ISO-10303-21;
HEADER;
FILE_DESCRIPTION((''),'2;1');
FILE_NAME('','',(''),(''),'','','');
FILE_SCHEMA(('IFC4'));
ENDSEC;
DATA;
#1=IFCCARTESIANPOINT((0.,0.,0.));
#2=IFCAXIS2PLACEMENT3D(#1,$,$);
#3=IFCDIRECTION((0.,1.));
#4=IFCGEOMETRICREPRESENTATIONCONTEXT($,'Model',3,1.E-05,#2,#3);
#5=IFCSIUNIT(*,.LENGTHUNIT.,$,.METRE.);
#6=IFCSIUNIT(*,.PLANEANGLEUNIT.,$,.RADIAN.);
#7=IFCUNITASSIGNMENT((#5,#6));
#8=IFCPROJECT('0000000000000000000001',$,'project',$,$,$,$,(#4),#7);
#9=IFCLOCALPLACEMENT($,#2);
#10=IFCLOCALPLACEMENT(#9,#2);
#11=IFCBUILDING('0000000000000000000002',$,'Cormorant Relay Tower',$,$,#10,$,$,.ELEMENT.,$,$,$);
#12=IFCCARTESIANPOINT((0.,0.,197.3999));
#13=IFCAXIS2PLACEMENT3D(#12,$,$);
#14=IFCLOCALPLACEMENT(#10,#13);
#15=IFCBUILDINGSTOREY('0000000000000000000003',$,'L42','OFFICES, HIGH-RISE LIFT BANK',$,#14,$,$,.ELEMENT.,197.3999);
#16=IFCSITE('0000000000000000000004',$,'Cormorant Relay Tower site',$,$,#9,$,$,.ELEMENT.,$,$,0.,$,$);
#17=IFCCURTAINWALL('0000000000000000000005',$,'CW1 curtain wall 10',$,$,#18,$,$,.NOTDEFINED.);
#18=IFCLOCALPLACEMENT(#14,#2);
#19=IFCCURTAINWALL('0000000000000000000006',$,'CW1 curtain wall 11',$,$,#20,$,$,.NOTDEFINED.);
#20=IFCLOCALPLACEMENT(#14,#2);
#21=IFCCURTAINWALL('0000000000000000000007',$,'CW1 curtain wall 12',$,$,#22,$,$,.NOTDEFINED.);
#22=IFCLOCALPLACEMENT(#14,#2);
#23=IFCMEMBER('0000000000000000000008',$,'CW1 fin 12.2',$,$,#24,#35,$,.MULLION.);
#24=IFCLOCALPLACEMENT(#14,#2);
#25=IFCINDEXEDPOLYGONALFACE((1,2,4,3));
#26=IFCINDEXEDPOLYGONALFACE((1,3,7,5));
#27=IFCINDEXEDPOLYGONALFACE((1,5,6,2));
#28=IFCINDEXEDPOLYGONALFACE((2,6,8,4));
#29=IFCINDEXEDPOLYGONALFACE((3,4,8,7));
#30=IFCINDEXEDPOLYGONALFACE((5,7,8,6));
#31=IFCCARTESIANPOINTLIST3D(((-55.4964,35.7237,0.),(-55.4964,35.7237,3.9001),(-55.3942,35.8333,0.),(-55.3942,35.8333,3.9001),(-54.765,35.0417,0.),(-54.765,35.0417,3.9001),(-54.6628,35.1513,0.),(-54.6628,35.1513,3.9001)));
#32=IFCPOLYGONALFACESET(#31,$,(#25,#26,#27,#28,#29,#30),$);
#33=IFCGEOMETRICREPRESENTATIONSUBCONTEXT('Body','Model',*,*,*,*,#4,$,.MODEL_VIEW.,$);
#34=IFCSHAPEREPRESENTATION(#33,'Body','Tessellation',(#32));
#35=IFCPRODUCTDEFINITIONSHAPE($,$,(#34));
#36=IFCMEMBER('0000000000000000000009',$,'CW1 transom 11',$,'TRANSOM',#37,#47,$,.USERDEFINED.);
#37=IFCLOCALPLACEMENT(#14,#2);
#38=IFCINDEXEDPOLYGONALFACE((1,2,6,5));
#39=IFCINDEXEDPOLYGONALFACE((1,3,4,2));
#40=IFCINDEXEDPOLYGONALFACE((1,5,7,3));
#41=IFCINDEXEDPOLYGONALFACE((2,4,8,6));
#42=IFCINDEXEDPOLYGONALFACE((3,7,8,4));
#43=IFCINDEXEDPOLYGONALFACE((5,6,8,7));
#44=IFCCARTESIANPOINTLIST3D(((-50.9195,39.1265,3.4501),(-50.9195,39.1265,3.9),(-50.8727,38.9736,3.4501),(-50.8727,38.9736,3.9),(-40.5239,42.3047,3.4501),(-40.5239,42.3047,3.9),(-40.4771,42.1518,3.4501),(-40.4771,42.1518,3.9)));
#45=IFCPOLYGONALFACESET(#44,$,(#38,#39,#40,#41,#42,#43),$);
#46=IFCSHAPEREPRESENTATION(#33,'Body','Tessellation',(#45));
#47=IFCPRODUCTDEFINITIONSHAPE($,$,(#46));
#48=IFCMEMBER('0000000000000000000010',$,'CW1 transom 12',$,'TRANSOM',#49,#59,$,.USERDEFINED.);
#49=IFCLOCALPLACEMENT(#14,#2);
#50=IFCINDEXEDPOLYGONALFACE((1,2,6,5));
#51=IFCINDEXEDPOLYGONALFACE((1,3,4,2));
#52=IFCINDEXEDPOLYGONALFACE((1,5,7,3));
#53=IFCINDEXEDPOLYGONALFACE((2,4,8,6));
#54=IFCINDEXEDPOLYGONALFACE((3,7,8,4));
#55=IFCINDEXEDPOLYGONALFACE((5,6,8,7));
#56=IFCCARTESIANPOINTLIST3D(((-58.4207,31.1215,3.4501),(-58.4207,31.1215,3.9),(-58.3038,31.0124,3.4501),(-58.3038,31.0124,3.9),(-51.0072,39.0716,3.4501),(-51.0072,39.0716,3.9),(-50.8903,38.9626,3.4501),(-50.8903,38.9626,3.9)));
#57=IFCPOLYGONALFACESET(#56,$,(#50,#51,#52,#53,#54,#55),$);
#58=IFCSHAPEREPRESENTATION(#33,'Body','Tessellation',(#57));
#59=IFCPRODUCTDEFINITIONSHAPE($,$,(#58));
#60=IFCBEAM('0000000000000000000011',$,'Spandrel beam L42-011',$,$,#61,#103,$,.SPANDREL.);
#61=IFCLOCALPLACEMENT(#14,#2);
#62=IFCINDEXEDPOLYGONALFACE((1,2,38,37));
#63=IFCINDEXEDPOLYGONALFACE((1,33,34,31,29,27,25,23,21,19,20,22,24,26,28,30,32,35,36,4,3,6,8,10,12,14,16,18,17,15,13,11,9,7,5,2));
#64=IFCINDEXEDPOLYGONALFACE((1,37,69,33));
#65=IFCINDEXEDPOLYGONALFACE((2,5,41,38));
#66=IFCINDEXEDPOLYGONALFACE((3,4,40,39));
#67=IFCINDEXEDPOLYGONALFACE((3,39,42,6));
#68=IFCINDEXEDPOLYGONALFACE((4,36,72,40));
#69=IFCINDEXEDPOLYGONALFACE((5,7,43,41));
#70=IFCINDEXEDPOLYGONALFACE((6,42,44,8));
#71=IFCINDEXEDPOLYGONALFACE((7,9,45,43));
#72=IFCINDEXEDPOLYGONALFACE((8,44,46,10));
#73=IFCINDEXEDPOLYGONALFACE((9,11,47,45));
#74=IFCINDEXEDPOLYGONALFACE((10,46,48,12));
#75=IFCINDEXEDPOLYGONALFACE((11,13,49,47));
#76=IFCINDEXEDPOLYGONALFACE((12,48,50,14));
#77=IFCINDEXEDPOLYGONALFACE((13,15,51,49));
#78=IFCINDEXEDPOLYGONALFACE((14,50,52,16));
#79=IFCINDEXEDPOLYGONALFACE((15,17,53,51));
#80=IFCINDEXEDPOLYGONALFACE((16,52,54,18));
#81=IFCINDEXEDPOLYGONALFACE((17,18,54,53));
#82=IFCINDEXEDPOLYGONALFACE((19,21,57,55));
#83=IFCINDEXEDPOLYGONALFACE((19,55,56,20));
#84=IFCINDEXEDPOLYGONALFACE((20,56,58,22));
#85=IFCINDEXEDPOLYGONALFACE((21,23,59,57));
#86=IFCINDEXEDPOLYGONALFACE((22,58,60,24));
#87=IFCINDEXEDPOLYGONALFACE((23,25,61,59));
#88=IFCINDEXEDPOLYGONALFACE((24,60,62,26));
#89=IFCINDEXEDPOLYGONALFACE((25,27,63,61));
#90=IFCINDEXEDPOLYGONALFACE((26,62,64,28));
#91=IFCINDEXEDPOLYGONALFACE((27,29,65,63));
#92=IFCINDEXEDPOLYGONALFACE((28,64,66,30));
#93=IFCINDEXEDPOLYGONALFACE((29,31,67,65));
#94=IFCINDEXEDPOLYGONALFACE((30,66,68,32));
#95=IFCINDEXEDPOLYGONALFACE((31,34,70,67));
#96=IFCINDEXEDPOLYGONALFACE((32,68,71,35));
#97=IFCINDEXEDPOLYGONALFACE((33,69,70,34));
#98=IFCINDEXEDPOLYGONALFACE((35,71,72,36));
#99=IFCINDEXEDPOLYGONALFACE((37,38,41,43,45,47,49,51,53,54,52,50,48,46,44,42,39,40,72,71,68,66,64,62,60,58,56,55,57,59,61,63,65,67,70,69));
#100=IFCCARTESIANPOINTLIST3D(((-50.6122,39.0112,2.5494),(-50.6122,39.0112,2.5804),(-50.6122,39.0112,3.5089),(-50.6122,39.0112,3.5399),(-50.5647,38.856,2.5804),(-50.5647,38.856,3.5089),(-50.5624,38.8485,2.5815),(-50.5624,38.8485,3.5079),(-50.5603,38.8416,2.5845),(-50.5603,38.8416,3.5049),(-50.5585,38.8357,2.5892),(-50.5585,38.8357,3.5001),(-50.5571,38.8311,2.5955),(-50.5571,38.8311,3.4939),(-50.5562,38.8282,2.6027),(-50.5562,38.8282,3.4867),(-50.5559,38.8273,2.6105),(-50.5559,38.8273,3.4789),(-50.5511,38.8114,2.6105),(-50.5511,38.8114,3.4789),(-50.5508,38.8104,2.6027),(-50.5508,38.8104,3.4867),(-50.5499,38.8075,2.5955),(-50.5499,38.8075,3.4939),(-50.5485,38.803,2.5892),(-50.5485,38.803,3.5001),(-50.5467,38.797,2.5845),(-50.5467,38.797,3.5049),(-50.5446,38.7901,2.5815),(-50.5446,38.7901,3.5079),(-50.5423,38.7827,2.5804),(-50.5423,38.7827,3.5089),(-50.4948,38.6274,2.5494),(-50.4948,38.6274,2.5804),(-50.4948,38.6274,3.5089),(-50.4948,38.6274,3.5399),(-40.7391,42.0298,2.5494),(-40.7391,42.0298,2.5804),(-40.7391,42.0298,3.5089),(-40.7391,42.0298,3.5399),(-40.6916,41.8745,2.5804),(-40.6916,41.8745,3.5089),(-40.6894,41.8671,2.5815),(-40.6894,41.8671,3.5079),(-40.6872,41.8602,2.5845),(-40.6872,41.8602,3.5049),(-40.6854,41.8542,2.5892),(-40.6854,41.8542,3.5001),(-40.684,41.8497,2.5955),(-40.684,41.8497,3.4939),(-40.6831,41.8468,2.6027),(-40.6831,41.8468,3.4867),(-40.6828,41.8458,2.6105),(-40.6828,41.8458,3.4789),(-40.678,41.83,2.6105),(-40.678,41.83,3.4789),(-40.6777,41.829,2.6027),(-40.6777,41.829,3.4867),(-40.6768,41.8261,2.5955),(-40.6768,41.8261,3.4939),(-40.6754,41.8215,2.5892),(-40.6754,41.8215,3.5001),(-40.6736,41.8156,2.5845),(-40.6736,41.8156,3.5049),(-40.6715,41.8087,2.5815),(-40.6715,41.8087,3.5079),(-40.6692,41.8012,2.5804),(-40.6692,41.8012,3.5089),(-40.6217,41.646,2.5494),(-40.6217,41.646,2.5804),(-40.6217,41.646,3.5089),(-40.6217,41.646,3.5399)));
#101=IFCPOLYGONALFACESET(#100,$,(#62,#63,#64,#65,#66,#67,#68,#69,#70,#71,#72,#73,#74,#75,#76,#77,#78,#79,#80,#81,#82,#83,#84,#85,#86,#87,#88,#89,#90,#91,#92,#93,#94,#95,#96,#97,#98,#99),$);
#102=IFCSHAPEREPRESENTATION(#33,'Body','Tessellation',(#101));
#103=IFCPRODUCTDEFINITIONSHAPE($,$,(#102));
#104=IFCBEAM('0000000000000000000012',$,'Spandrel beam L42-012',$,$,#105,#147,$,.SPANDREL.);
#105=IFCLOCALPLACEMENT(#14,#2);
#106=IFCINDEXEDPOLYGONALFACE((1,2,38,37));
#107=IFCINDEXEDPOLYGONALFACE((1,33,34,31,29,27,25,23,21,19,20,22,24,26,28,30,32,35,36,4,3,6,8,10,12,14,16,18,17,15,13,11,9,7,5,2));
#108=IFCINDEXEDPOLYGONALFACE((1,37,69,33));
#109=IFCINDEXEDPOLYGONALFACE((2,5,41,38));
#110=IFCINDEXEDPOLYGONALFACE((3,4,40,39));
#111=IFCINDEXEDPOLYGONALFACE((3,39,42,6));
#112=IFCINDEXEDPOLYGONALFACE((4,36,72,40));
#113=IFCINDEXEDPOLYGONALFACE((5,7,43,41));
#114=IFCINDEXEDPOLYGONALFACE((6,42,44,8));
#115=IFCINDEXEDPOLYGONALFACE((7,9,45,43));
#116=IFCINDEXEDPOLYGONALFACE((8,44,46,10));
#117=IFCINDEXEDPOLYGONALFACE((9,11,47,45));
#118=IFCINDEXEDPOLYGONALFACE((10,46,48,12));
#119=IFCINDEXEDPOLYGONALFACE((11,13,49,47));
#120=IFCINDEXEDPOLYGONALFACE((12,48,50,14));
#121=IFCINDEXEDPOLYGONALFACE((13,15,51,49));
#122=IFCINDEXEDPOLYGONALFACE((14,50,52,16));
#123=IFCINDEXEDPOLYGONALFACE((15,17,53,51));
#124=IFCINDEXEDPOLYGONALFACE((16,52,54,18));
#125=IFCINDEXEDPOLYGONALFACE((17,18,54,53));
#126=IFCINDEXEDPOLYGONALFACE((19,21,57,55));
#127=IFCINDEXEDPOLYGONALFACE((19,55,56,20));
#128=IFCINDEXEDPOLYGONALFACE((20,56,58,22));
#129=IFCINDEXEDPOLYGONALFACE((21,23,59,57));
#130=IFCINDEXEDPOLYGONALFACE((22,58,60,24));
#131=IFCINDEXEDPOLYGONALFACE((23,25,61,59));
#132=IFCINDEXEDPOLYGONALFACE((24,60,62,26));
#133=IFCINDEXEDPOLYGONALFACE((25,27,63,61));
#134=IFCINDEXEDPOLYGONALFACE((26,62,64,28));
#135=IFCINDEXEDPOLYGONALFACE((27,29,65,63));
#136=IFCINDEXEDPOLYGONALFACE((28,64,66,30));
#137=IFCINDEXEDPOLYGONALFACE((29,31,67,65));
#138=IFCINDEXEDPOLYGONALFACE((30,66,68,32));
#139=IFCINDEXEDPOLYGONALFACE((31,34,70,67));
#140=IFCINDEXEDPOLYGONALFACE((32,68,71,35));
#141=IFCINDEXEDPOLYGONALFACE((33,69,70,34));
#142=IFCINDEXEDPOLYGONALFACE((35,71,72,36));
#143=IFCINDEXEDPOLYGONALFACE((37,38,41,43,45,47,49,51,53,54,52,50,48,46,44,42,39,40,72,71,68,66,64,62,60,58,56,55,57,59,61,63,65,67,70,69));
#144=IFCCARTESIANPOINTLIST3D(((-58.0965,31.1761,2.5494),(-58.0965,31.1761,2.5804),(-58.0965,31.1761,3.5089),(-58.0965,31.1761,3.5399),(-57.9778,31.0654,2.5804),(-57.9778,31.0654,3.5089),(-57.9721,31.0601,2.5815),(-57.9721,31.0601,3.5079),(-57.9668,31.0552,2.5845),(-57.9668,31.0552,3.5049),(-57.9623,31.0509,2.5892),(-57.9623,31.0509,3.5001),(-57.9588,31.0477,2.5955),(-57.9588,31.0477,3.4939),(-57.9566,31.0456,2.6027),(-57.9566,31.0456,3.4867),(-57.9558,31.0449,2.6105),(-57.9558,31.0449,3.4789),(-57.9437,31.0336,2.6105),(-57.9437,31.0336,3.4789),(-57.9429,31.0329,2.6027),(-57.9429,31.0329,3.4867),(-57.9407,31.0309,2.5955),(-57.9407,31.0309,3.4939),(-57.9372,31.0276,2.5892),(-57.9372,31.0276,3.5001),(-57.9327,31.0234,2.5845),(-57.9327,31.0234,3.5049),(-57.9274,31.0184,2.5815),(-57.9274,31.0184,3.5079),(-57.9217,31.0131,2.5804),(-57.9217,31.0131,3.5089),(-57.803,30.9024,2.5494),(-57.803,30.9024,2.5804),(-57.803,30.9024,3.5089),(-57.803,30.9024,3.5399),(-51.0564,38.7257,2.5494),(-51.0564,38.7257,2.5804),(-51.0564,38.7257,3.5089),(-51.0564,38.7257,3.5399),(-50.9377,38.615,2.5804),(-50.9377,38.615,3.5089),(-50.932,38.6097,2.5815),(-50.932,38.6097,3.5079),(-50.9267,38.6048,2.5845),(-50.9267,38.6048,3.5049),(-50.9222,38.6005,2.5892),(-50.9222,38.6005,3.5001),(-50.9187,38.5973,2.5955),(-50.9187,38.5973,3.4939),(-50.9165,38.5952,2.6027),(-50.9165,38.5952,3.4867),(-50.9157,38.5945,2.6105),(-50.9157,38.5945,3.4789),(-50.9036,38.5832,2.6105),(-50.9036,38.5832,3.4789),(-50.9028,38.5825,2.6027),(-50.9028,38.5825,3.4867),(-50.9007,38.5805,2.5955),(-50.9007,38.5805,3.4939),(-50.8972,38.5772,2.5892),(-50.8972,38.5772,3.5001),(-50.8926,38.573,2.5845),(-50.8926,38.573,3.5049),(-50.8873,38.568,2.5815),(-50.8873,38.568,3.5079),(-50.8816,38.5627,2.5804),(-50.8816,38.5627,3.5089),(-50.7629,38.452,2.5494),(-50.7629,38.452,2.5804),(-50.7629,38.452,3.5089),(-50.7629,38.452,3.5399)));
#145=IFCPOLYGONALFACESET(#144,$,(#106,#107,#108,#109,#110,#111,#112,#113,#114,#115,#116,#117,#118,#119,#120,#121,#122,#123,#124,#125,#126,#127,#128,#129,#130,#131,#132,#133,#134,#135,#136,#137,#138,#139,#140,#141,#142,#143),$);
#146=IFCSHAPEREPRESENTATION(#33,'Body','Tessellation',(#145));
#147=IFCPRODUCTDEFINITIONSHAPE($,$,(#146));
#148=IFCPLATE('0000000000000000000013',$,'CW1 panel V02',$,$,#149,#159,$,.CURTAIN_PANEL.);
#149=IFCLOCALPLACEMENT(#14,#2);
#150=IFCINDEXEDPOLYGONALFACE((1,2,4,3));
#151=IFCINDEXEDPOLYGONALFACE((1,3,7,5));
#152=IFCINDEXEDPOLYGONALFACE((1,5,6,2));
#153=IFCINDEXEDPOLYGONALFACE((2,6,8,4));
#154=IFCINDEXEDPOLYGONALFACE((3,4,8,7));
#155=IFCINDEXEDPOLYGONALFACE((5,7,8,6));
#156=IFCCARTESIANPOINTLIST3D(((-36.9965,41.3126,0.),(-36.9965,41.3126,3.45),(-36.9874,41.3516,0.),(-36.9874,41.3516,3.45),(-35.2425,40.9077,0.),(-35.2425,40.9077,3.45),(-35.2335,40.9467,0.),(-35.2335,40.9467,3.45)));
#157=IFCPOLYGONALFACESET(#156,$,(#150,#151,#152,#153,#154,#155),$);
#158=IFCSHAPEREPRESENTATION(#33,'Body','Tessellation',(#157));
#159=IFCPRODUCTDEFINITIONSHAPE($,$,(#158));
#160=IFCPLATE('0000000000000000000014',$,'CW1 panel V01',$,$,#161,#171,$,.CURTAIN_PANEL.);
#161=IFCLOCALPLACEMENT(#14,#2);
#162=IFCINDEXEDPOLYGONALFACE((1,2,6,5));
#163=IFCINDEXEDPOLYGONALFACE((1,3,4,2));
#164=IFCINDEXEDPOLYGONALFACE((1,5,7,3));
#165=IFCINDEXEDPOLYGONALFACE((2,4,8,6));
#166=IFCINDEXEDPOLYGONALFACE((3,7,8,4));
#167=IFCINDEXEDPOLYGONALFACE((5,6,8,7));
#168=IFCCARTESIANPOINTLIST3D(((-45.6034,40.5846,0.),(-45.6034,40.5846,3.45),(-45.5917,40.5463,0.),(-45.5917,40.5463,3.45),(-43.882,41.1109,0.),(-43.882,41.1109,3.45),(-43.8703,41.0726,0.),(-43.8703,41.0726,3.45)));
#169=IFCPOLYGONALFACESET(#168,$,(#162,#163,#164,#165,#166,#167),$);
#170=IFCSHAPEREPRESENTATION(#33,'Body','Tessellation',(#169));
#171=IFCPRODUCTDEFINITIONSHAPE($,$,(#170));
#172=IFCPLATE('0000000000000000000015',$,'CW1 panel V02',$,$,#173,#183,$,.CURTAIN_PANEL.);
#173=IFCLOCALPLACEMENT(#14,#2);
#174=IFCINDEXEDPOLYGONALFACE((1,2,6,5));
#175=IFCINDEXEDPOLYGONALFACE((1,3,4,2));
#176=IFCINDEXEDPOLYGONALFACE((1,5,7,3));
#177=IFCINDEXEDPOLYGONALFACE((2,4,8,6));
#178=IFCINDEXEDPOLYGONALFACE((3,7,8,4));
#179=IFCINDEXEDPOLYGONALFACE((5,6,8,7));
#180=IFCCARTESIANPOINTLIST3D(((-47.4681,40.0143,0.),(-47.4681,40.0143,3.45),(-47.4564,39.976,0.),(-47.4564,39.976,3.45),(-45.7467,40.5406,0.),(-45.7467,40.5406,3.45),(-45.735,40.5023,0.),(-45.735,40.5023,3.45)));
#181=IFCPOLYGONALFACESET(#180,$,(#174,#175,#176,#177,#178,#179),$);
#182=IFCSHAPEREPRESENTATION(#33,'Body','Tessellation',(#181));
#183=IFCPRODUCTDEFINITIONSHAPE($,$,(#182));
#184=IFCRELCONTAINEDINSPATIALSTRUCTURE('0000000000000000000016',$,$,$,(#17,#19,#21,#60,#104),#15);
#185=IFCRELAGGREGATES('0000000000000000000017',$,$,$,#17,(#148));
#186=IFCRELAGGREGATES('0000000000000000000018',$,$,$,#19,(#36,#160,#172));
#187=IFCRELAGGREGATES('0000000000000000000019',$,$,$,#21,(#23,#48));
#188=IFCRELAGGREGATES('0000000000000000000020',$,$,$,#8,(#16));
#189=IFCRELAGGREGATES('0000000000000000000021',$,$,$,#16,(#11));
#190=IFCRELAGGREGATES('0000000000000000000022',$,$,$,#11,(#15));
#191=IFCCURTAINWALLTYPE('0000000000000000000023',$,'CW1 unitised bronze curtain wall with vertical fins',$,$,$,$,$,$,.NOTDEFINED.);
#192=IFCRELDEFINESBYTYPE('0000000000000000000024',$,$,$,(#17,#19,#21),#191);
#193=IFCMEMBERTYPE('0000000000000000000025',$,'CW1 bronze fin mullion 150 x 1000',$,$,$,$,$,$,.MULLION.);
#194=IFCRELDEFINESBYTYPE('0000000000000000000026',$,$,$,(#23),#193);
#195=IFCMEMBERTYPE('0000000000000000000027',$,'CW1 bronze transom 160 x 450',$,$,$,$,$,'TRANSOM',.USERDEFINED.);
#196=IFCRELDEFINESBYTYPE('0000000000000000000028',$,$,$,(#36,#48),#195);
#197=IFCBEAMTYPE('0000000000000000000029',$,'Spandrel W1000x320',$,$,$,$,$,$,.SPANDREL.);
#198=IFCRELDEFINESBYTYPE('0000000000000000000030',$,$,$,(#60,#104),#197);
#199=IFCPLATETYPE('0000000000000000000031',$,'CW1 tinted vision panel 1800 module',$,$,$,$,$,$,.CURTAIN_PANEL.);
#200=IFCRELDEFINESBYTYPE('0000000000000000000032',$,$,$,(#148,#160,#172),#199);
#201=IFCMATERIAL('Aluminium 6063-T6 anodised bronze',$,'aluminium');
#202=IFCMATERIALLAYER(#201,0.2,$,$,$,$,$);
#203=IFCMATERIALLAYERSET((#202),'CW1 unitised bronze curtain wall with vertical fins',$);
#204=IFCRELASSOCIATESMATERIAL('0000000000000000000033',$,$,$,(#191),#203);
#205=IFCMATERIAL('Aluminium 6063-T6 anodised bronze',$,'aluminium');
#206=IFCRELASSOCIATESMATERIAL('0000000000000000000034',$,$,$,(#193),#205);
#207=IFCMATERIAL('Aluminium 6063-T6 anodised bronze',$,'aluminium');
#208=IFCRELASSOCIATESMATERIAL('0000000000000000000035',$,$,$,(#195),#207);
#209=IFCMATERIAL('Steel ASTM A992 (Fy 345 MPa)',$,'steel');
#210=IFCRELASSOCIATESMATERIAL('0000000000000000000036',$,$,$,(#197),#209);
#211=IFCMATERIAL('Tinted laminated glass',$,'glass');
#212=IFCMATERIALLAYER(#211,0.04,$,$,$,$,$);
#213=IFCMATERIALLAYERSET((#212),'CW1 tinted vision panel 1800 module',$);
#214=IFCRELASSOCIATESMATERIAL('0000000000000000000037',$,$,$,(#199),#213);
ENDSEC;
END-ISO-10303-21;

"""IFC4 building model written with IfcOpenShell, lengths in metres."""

from ifc_helpers import new_model, si_unit, direction, frame, origin, origin_2d, place, context, subcontext, project, spatial, rectangle, i_section, extrude, material, layer, layer_set, material_profile, profile_set, type_object, element, aggregate, save


model = new_model("IFC4")

# Units and contexts
model_context = context("Model", 3, precision=1e-05, world=origin(), true_north=direction((0.0, 1.0)))
body_context = subcontext(model_context, "Body", "Model", "MODEL_VIEW")
ifc_project = project(units=[si_unit("LENGTHUNIT", "METRE"), si_unit("PLANEANGLEUNIT", "RADIAN")], contexts=[model_context])

# Site, building, storey
site_placement = place(None, origin())
site = spatial("IfcSite", under=ifc_project, at=site_placement, Name="Cormorant Relay Tower site", CompositionType="ELEMENT", RefElevation=0.0)
building_placement = place(site_placement, origin())
building = spatial("IfcBuilding", under=site, at=building_placement, Name="Cormorant Relay Tower", CompositionType="ELEMENT")
storey_placement = place(building_placement, frame((0.0, 0.0, 197.3999)))
storey = spatial("IfcBuildingStorey", under=building, at=storey_placement, Name="L42", Description="OFFICES, HIGH-RISE LIFT BANK", CompositionType="ELEMENT", Elevation=197.3999)

# Curtain wall
ifc_material_1 = material(Name="Aluminium 6063-T6 anodised bronze", Category="aluminium")
ifc_layer_1 = layer(ifc_material_1, 0.2)
ifc_layer_set_1 = layer_set([ifc_layer_1], Name="CW1 unitised bronze curtain wall with vertical fins")
curtain_wall_type = type_object("IfcCurtainWallType", Name="CW1 unitised bronze curtain wall with vertical fins", PredefinedType="NOTDEFINED", material=ifc_layer_set_1)
curtain_wall_1_placement = place(storey_placement, origin())
curtain_wall_1 = element("IfcCurtainWall", 1, at=curtain_wall_1_placement, inside=storey, type_object=curtain_wall_type, Name="CW1 curtain wall 10", PredefinedType="NOTDEFINED")
ifc_material_2 = material(Name="Aluminium 6063-T6 anodised bronze", Category="aluminium")
ifc_material_profile_1 = material_profile(ifc_material_2, rectangle(XDim=0.1499, YDim=1.0, at=origin_2d()), Name="AL 150x1000")
ifc_profile_set_1 = profile_set([ifc_material_profile_1], Name="Aluminium 6063-T6 anodised bronze")
member_type_1 = type_object("IfcMemberType", Name="CW1 bronze fin mullion 150 x 1000", PredefinedType="MULLION", material=ifc_profile_set_1)

# Curtain walls, member
curtain_wall_2_placement = place(storey_placement, origin())
curtain_wall_2 = element("IfcCurtainWall", 2, at=curtain_wall_2_placement, inside=storey, type_object=curtain_wall_type, Name="CW1 curtain wall 11", PredefinedType="NOTDEFINED")
curtain_wall_3_placement = place(storey_placement, origin())
curtain_wall_3 = element("IfcCurtainWall", 3, at=curtain_wall_3_placement, inside=storey, type_object=curtain_wall_type, Name="CW1 curtain wall 12", PredefinedType="NOTDEFINED")
member_1_placement = place(storey_placement, frame((-55.0796, 35.4375, 0.0), z_axis=(0.0, 0.0, 1.0), x_axis=(-0.681998, -0.731354, 0.0)))
member_1 = element("IfcMember", 4, at=member_1_placement, type_object=member_type_1, Name="CW1 fin 12.2", PredefinedType="MULLION", context=body_context, shape_type="SweptSolid", body=[
    extrude(rectangle(XDim=0.1499, YDim=1.0, at=origin_2d()), origin(), (0.0, 0.0, 1.0), 3.9001),
])

# Members
ifc_material_3 = material(Name="Aluminium 6063-T6 anodised bronze", Category="aluminium")
ifc_material_profile_2 = material_profile(ifc_material_3, rectangle(XDim=0.1599, YDim=0.45, at=origin_2d()), Name="AL 160x450")
ifc_profile_set_2 = profile_set([ifc_material_profile_2], Name="Aluminium 6063-T6 anodised bronze")
member_type_2 = type_object("IfcMemberType", Name="CW1 bronze transom 160 x 450", ElementType="TRANSOM", PredefinedType="USERDEFINED", material=ifc_profile_set_2)
member_2_placement = place(storey_placement, frame((-40.5005, 42.2283, 3.675), z_axis=(-0.956305, -0.292371, 0.0), x_axis=(0.292371, -0.956305, 0.0)))
member_2 = element("IfcMember", 5, at=member_2_placement, type_object=member_type_2, Name="CW1 transom 11", ObjectType="TRANSOM", PredefinedType="USERDEFINED", context=body_context, shape_type="SweptSolid", body=[
    extrude(rectangle(XDim=0.1599, YDim=0.45, at=origin_2d()), origin(), (0.0, 0.0, 1.0), 10.8706),
])
member_3_placement = place(storey_placement, frame((-50.9487, 39.0171, 3.675), z_axis=(-0.681993, -0.731358, 0.0), x_axis=(0.731358, -0.681993, 0.0)))
member_3 = element("IfcMember", 6, at=member_3_placement, type_object=member_type_2, Name="CW1 transom 12", ObjectType="TRANSOM", PredefinedType="USERDEFINED", context=body_context, shape_type="SweptSolid", body=[
    extrude(rectangle(XDim=0.1599, YDim=0.45, at=origin_2d()), origin(), (0.0, 0.0, 1.0), 10.8704),
])

# Beams
ifc_material_4 = material(Name="Steel ASTM A992 (Fy 345 MPa)", Category="steel")
ifc_material_profile_3 = material_profile(ifc_material_4, i_section(OverallWidth=0.4014, OverallDepth=0.9905, WebThickness=0.0166, FlangeThickness=0.031, FilletRadius=0.03, at=origin_2d()), Name="W1000x320")
ifc_profile_set_3 = profile_set([ifc_material_profile_3], Name="Steel ASTM A992 (Fy 345 MPa)")
beam_type = type_object("IfcBeamType", Name="Spandrel W1000x320", PredefinedType="SPANDREL", material=ifc_profile_set_3)
beam_1_placement = place(storey_placement, frame((-40.6804, 41.8379, 3.0447), z_axis=(-0.956303, -0.292377, 0.0), x_axis=(0.292377, -0.956303, 0.0)))
element("IfcBeam", 7, at=beam_1_placement, inside=storey, type_object=beam_type, Name="Spandrel beam L42-011", PredefinedType="SPANDREL", context=body_context, shape_type="SweptSolid", body=[
    extrude(i_section(OverallWidth=0.4014, OverallDepth=0.9905, WebThickness=0.0166, FlangeThickness=0.031, FilletRadius=0.03, at=origin_2d()), origin(), (0.0, 0.0, 1.0), 10.3242),
])
beam_2_placement = place(storey_placement, frame((-50.9097, 38.5889, 3.0447), z_axis=(-0.681996, -0.731356, 0.0), x_axis=(0.731356, -0.681996, 0.0)))
element("IfcBeam", 8, at=beam_2_placement, inside=storey, type_object=beam_type, Name="Spandrel beam L42-012", PredefinedType="SPANDREL", context=body_context, shape_type="SweptSolid", body=[
    extrude(i_section(OverallWidth=0.4014, OverallDepth=0.9905, WebThickness=0.0166, FlangeThickness=0.031, FilletRadius=0.03, at=origin_2d()), origin(), (0.0, 0.0, 1.0), 10.3228),
])

# Plates
ifc_material_5 = material(Name="Tinted laminated glass", Category="glass")
ifc_layer_2 = layer(ifc_material_5, 0.04)
ifc_layer_set_2 = layer_set([ifc_layer_2], Name="CW1 tinted vision panel 1800 module")
plate_type_1 = type_object("IfcPlateType", Name="CW1 tinted vision panel 1800 module", PredefinedType="CURTAIN_PANEL", material=ifc_layer_set_2)
plate_1_placement = place(storey_placement, frame((-36.115, 41.1296, 0.0), z_axis=(0.0, 0.0, 1.0), x_axis=(-0.97437, 0.224951, 0.0)))
plate_1 = element("IfcPlate", 9, at=plate_1_placement, type_object=plate_type_1, Name="CW1 panel V02", PredefinedType="CURTAIN_PANEL", context=body_context, shape_type="SweptSolid", body=[
    extrude(rectangle(XDim=1.8, YDim=0.04, at=origin_2d()), origin(), (0.0, 0.0, 1.0), 3.45),
])
plate_2_placement = place(storey_placement, frame((-44.7368, 40.8286, 0.0), z_axis=(0.0, 0.0, 1.0), x_axis=(-0.956305, -0.292372, 0.0)))
plate_2 = element("IfcPlate", 10, at=plate_2_placement, type_object=plate_type_1, Name="CW1 panel V01", PredefinedType="CURTAIN_PANEL", context=body_context, shape_type="SweptSolid", body=[
    extrude(rectangle(XDim=1.8, YDim=0.04, at=origin_2d()), origin(), (0.0, 0.0, 1.0), 3.45),
])
plate_3_placement = place(storey_placement, frame((-46.6016, 40.2583, 0.0), z_axis=(0.0, 0.0, 1.0), x_axis=(-0.956305, -0.292372, 0.0)))
plate_3 = element("IfcPlate", 11, at=plate_3_placement, type_object=plate_type_1, Name="CW1 panel V02", PredefinedType="CURTAIN_PANEL", context=body_context, shape_type="SweptSolid", body=[
    extrude(rectangle(XDim=1.8, YDim=0.04, at=origin_2d()), origin(), (0.0, 0.0, 1.0), 3.45),
])

aggregate(curtain_wall_1, [plate_1])
aggregate(curtain_wall_2, [member_2, plate_2, plate_3])
aggregate(curtain_wall_3, [member_1, member_3])

save(model, "model.ifc")
